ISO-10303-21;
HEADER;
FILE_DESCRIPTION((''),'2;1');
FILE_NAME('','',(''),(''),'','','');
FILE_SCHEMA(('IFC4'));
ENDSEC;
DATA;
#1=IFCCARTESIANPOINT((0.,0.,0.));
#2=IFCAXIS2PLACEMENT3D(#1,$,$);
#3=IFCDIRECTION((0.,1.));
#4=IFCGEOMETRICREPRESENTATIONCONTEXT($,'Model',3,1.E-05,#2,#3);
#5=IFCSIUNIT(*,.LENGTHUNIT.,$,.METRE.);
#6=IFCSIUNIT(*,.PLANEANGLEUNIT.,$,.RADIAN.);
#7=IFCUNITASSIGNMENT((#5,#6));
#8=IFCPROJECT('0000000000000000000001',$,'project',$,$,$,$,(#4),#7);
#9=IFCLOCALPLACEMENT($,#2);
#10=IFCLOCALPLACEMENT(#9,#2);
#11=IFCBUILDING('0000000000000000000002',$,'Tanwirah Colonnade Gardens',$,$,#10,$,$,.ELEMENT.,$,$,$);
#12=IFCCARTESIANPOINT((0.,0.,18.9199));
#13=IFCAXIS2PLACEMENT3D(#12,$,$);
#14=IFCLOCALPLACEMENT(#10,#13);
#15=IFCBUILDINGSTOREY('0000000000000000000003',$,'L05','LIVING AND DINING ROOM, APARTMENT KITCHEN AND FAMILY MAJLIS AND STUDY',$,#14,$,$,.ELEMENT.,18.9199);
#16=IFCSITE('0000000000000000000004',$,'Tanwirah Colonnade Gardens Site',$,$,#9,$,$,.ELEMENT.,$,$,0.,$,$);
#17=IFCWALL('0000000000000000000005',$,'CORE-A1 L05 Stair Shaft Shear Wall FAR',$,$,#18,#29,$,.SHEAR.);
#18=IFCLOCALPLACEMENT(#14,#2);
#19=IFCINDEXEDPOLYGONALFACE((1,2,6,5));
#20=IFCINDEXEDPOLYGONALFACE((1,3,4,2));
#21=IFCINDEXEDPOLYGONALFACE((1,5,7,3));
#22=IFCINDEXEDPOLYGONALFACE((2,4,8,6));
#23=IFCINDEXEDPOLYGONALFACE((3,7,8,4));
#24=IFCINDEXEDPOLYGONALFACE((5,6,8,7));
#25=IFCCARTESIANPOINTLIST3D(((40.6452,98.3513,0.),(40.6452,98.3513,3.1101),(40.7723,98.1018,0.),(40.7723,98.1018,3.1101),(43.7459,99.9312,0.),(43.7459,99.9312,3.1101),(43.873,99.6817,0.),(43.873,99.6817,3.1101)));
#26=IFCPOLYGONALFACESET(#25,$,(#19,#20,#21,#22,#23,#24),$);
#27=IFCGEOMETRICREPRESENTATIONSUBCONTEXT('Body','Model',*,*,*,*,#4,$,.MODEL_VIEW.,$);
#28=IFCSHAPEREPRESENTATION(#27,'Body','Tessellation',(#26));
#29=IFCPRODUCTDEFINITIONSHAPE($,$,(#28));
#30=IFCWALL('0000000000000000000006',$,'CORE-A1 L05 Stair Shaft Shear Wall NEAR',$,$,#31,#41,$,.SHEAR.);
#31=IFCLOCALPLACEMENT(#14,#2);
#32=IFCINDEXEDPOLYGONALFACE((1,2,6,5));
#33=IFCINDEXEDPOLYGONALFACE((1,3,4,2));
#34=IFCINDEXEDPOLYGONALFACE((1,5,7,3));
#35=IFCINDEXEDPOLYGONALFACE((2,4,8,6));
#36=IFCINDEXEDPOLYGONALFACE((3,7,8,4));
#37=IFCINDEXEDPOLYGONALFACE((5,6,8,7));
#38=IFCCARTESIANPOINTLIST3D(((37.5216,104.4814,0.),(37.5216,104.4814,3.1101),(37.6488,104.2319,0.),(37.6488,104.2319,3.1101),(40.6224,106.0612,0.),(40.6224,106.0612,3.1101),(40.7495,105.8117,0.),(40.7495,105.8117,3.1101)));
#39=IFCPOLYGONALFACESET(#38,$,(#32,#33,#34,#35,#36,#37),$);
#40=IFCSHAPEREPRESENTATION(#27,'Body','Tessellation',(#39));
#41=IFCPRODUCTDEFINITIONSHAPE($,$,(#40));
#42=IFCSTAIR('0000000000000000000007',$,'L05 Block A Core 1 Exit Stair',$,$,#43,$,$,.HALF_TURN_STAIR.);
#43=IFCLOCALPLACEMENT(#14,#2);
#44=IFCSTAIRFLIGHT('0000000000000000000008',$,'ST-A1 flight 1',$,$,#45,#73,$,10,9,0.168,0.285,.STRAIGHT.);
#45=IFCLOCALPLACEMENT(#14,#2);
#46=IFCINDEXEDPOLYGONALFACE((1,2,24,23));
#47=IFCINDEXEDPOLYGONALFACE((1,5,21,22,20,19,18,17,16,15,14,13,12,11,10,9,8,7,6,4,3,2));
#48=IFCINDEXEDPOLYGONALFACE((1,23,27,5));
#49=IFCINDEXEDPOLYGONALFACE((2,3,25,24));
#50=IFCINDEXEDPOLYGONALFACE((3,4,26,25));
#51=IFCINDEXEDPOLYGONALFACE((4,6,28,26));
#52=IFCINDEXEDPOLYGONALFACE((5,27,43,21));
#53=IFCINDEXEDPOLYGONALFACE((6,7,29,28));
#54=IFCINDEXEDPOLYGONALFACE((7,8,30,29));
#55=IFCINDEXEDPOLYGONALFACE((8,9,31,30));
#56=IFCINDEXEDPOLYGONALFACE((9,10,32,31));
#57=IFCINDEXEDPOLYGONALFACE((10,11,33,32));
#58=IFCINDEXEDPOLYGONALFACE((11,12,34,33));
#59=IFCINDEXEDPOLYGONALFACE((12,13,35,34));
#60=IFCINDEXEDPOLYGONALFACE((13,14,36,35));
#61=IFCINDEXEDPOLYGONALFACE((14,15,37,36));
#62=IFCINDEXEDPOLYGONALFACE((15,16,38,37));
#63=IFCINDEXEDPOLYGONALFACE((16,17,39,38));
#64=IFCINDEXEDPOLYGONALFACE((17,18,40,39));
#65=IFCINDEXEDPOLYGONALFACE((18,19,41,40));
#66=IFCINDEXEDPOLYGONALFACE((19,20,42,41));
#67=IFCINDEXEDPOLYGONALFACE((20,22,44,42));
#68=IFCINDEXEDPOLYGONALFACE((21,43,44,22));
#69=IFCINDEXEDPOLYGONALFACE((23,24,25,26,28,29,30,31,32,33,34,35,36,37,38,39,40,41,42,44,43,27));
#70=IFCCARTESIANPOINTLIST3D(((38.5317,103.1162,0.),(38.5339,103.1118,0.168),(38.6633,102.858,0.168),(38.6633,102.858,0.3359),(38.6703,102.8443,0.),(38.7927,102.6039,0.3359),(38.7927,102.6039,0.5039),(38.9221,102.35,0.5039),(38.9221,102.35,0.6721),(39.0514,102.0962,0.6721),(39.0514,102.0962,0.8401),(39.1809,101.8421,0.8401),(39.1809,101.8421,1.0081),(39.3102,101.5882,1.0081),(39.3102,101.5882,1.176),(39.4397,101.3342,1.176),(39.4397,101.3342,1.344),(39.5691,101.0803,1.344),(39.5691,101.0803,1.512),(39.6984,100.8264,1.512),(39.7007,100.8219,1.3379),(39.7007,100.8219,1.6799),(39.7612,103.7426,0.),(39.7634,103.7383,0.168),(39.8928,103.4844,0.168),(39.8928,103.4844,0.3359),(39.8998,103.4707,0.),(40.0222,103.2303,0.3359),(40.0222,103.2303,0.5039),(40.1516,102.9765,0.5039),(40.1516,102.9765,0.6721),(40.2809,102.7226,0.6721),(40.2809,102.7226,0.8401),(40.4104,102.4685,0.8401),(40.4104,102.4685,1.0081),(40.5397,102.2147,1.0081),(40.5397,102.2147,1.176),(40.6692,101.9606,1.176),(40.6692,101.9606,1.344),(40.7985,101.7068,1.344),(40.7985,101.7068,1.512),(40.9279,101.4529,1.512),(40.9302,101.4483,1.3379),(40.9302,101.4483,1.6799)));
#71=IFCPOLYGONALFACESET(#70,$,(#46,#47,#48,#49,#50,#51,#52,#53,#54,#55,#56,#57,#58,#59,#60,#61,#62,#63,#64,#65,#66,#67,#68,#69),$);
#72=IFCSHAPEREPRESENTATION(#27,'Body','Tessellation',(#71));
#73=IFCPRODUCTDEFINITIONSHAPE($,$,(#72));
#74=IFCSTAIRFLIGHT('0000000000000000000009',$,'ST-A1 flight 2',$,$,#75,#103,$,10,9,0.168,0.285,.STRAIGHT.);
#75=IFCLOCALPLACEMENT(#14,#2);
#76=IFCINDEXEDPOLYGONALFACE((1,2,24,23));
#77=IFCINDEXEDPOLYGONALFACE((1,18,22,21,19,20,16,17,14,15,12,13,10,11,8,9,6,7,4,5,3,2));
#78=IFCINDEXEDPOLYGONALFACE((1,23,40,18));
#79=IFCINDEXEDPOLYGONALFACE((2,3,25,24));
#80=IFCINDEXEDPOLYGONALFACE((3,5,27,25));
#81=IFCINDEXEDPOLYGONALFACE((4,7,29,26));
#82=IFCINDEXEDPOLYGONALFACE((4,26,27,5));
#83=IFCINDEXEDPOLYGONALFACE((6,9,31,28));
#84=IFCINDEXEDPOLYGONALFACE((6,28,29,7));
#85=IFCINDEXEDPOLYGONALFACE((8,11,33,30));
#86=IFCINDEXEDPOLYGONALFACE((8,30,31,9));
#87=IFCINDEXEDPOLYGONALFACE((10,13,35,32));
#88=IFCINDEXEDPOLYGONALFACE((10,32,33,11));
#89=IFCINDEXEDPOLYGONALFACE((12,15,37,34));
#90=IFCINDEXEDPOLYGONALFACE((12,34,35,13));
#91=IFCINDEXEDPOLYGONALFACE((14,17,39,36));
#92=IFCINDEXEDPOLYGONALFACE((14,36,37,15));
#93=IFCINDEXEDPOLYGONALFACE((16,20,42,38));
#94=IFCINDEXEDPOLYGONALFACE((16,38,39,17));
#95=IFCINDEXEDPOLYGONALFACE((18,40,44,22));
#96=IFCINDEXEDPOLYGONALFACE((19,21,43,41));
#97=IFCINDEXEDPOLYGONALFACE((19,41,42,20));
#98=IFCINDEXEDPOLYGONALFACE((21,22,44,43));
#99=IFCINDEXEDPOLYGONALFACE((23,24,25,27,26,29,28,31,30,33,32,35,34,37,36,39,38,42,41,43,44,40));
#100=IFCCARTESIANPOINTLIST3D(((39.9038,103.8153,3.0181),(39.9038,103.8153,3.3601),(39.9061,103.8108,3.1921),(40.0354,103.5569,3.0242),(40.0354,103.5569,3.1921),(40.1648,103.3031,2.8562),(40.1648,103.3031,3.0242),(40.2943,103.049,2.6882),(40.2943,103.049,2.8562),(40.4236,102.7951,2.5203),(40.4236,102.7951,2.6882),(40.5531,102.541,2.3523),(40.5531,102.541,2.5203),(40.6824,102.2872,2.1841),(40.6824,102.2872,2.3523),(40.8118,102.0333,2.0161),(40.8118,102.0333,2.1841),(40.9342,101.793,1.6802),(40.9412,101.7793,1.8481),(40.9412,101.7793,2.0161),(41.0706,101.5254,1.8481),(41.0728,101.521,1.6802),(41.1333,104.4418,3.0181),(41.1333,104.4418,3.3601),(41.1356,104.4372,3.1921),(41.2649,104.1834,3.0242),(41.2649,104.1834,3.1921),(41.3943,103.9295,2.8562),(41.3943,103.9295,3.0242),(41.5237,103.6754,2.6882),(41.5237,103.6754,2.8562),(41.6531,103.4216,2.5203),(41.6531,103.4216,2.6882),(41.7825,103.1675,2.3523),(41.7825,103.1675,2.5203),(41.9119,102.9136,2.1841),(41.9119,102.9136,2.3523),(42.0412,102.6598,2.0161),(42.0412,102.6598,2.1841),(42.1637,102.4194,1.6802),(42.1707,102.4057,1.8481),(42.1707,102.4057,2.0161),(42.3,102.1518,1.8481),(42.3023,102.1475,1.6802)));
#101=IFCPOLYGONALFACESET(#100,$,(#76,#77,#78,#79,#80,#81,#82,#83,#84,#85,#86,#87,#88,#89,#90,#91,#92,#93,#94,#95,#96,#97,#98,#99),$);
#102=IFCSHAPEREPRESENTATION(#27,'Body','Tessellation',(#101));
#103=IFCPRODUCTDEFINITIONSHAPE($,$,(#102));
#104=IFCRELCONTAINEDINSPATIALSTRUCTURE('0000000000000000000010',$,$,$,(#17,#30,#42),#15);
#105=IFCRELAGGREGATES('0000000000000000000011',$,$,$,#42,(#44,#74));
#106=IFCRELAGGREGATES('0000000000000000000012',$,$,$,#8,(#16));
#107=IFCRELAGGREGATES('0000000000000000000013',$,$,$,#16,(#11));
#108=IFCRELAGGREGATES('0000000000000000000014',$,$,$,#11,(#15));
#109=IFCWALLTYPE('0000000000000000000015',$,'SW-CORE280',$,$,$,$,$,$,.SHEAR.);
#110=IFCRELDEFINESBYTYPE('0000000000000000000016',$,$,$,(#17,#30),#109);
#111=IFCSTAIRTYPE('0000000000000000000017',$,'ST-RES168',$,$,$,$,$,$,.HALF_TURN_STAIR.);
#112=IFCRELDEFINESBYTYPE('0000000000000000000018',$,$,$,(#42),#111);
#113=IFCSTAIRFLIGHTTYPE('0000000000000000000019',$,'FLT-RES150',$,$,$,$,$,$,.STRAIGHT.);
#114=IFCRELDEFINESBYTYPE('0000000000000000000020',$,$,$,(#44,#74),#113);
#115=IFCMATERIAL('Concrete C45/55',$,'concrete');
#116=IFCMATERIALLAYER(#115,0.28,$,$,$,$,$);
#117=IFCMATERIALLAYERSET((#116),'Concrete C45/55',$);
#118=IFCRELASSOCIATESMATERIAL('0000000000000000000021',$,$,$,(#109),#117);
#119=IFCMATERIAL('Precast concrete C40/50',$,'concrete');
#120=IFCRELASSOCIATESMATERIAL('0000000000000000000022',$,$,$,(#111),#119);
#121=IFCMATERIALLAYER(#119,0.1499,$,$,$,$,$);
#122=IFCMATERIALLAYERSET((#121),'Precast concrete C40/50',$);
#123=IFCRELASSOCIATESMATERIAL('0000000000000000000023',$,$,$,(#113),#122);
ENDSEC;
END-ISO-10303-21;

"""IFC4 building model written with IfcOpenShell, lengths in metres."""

from ifc_helpers import new_model, si_unit, direction, frame, frame_2d, origin, place, context, subcontext, project, spatial, polyline, rectangle, outline, extrude, material, layer, layer_set, type_object, element, aggregate, save


model = new_model("IFC4")

# Units and contexts
model_context = context("Model", 3, precision=1e-05, world=origin(), true_north=direction((0.0, 1.0)))
body_context = subcontext(model_context, "Body", "Model", "MODEL_VIEW")
ifc_project = project(units=[si_unit("LENGTHUNIT", "METRE"), si_unit("PLANEANGLEUNIT", "RADIAN")], contexts=[model_context])

# Site, building, storey
site_placement = place(None, origin())
site = spatial("IfcSite", under=ifc_project, at=site_placement, Name="Tanwirah Colonnade Gardens Site", CompositionType="ELEMENT", RefElevation=0.0)
building_placement = place(site_placement, origin())
building = spatial("IfcBuilding", under=site, at=building_placement, Name="Tanwirah Colonnade Gardens", CompositionType="ELEMENT")
storey_placement = place(building_placement, frame((0.0, 0.0, 18.9199)))
storey = spatial("IfcBuildingStorey", under=building, at=storey_placement, Name="L05", Description="LIVING AND DINING ROOM, APARTMENT KITCHEN AND FAMILY MAJLIS AND STUDY", CompositionType="ELEMENT", Elevation=18.9199)

# Shared definitions
ifc_material_1 = material(Name="Precast concrete C40/50", Category="concrete")

# Walls
ifc_material_2 = material(Name="Concrete C45/55", Category="concrete")
ifc_layer_1 = layer(ifc_material_2, 0.28)
ifc_layer_set_1 = layer_set([ifc_layer_1], Name="Concrete C45/55")
wall_type_1 = type_object("IfcWallType", Name="SW-CORE280", PredefinedType="SHEAR", material=ifc_layer_set_1)
for number, where, z_axis, x_axis, name in (
    (1, (40.7087, 98.2266, 0.0), (0.0, 0.0, 1.0), (0.891006, 0.453992, 0.0), "CORE-A1 L05 Stair Shaft Shear Wall FAR"),
    (2, (37.5852, 104.3567, 0.0), (0.0, 0.0, 1.0), (0.89102, 0.453964, 0.0), "CORE-A1 L05 Stair Shaft Shear Wall NEAR"),
):
    element("IfcWall", number, at=place(storey_placement, frame(where, z_axis=z_axis, x_axis=x_axis)), inside=storey, type_object=wall_type_1, Name=name, PredefinedType="SHEAR", context=body_context, shape_type="SweptSolid", body=[
        extrude(rectangle(XDim=3.48, YDim=0.28, at=frame_2d((1.74, 0.0))), origin(), (0.0, 0.0, 1.0), 3.1101),
    ])

# Stair, stair flights
stair_type = type_object("IfcStairType", Name="ST-RES168", PredefinedType="HALF_TURN_STAIR", material=ifc_material_1)
stair_placement = place(storey_placement, origin())
stair = element("IfcStair", 3, at=stair_placement, inside=storey, type_object=stair_type, Name="L05 Block A Core 1 Exit Stair", PredefinedType="HALF_TURN_STAIR")
ifc_layer_2 = layer(ifc_material_1, 0.1499)
ifc_layer_set_2 = layer_set([ifc_layer_2], Name="Precast concrete C40/50")
stair_flight_type = type_object("IfcStairFlightType", Name="FLT-RES150", PredefinedType="STRAIGHT", material=ifc_layer_set_2)
stair_flight_1_placement = place(storey_placement, frame((39.1487, 103.425, 0.0), z_axis=(0.0, 0.0, 1.0), x_axis=(0.45399, -0.891007, 0.0)))
stair_flight_1 = element("IfcStairFlight", 4, at=stair_flight_1_placement, type_object=stair_flight_type, Name="ST-A1 flight 1", NumberOfRisers=10, NumberOfTreads=9, PredefinedType="STRAIGHT", RiserHeight=0.168, TreadLength=0.285, context=body_context, shape_type="SweptSolid", body=[
    extrude(outline(polyline([(-0.0049, 0.0), (0.0, 0.168), (0.2849, 0.168), (0.2849, 0.3359), (0.5701, 0.3359), (0.5701, 0.5039), (0.855, 0.5039), (0.855, 0.6721), (1.1399, 0.6721), (1.1399, 0.8401), (1.425, 0.8401), (1.425, 1.0081), (1.71, 1.0081), (1.71, 1.176), (1.9951, 1.176), (1.9951, 1.344), (2.28, 1.344), (2.28, 1.512), (2.5649, 1.512), (2.5701, 1.6799), (2.5701, 1.3379), (0.3003, 0.0), (-0.0049, 0.0)])), frame((0.0, 0.6899, 0.0), z_axis=(0.0, -1.0, 0.0), x_axis=(1.0, 0.0, 0.0)), (0.0, 0.0, 1.0), 1.3799),
])
stair_flight_2_placement = place(storey_placement, frame((41.6853, 101.8386, 1.6802), z_axis=(0.0, 0.0, 1.0), x_axis=(-0.45399, 0.891007, 0.0)))
stair_flight_2 = element("IfcStairFlight", 5, at=stair_flight_2_placement, type_object=stair_flight_type, Name="ST-A1 flight 2", NumberOfRisers=10, NumberOfTreads=9, PredefinedType="STRAIGHT", RiserHeight=0.168, TreadLength=0.285, context=body_context, shape_type="SweptSolid", body=[
    extrude(outline(polyline([(-0.0049, 0.0), (0.0, 0.168), (0.2849, 0.168), (0.2849, 0.3359), (0.5701, 0.3359), (0.5701, 0.5039), (0.855, 0.5039), (0.855, 0.6721), (1.1399, 0.6721), (1.1399, 0.8401), (1.425, 0.8401), (1.425, 1.0081), (1.71, 1.0081), (1.71, 1.176), (1.9951, 1.176), (1.9951, 1.344), (2.28, 1.344), (2.28, 1.512), (2.5649, 1.512), (2.5701, 1.6799), (2.5701, 1.3379), (0.3003, 0.0), (-0.0049, 0.0)])), frame((0.0, 0.6899, 0.0), z_axis=(0.0, -1.0, 0.0), x_axis=(1.0, 0.0, 0.0)), (0.0, 0.0, 1.0), 1.3799),
])
aggregate(stair, [stair_flight_1, stair_flight_2])

save(model, "model.ifc")
